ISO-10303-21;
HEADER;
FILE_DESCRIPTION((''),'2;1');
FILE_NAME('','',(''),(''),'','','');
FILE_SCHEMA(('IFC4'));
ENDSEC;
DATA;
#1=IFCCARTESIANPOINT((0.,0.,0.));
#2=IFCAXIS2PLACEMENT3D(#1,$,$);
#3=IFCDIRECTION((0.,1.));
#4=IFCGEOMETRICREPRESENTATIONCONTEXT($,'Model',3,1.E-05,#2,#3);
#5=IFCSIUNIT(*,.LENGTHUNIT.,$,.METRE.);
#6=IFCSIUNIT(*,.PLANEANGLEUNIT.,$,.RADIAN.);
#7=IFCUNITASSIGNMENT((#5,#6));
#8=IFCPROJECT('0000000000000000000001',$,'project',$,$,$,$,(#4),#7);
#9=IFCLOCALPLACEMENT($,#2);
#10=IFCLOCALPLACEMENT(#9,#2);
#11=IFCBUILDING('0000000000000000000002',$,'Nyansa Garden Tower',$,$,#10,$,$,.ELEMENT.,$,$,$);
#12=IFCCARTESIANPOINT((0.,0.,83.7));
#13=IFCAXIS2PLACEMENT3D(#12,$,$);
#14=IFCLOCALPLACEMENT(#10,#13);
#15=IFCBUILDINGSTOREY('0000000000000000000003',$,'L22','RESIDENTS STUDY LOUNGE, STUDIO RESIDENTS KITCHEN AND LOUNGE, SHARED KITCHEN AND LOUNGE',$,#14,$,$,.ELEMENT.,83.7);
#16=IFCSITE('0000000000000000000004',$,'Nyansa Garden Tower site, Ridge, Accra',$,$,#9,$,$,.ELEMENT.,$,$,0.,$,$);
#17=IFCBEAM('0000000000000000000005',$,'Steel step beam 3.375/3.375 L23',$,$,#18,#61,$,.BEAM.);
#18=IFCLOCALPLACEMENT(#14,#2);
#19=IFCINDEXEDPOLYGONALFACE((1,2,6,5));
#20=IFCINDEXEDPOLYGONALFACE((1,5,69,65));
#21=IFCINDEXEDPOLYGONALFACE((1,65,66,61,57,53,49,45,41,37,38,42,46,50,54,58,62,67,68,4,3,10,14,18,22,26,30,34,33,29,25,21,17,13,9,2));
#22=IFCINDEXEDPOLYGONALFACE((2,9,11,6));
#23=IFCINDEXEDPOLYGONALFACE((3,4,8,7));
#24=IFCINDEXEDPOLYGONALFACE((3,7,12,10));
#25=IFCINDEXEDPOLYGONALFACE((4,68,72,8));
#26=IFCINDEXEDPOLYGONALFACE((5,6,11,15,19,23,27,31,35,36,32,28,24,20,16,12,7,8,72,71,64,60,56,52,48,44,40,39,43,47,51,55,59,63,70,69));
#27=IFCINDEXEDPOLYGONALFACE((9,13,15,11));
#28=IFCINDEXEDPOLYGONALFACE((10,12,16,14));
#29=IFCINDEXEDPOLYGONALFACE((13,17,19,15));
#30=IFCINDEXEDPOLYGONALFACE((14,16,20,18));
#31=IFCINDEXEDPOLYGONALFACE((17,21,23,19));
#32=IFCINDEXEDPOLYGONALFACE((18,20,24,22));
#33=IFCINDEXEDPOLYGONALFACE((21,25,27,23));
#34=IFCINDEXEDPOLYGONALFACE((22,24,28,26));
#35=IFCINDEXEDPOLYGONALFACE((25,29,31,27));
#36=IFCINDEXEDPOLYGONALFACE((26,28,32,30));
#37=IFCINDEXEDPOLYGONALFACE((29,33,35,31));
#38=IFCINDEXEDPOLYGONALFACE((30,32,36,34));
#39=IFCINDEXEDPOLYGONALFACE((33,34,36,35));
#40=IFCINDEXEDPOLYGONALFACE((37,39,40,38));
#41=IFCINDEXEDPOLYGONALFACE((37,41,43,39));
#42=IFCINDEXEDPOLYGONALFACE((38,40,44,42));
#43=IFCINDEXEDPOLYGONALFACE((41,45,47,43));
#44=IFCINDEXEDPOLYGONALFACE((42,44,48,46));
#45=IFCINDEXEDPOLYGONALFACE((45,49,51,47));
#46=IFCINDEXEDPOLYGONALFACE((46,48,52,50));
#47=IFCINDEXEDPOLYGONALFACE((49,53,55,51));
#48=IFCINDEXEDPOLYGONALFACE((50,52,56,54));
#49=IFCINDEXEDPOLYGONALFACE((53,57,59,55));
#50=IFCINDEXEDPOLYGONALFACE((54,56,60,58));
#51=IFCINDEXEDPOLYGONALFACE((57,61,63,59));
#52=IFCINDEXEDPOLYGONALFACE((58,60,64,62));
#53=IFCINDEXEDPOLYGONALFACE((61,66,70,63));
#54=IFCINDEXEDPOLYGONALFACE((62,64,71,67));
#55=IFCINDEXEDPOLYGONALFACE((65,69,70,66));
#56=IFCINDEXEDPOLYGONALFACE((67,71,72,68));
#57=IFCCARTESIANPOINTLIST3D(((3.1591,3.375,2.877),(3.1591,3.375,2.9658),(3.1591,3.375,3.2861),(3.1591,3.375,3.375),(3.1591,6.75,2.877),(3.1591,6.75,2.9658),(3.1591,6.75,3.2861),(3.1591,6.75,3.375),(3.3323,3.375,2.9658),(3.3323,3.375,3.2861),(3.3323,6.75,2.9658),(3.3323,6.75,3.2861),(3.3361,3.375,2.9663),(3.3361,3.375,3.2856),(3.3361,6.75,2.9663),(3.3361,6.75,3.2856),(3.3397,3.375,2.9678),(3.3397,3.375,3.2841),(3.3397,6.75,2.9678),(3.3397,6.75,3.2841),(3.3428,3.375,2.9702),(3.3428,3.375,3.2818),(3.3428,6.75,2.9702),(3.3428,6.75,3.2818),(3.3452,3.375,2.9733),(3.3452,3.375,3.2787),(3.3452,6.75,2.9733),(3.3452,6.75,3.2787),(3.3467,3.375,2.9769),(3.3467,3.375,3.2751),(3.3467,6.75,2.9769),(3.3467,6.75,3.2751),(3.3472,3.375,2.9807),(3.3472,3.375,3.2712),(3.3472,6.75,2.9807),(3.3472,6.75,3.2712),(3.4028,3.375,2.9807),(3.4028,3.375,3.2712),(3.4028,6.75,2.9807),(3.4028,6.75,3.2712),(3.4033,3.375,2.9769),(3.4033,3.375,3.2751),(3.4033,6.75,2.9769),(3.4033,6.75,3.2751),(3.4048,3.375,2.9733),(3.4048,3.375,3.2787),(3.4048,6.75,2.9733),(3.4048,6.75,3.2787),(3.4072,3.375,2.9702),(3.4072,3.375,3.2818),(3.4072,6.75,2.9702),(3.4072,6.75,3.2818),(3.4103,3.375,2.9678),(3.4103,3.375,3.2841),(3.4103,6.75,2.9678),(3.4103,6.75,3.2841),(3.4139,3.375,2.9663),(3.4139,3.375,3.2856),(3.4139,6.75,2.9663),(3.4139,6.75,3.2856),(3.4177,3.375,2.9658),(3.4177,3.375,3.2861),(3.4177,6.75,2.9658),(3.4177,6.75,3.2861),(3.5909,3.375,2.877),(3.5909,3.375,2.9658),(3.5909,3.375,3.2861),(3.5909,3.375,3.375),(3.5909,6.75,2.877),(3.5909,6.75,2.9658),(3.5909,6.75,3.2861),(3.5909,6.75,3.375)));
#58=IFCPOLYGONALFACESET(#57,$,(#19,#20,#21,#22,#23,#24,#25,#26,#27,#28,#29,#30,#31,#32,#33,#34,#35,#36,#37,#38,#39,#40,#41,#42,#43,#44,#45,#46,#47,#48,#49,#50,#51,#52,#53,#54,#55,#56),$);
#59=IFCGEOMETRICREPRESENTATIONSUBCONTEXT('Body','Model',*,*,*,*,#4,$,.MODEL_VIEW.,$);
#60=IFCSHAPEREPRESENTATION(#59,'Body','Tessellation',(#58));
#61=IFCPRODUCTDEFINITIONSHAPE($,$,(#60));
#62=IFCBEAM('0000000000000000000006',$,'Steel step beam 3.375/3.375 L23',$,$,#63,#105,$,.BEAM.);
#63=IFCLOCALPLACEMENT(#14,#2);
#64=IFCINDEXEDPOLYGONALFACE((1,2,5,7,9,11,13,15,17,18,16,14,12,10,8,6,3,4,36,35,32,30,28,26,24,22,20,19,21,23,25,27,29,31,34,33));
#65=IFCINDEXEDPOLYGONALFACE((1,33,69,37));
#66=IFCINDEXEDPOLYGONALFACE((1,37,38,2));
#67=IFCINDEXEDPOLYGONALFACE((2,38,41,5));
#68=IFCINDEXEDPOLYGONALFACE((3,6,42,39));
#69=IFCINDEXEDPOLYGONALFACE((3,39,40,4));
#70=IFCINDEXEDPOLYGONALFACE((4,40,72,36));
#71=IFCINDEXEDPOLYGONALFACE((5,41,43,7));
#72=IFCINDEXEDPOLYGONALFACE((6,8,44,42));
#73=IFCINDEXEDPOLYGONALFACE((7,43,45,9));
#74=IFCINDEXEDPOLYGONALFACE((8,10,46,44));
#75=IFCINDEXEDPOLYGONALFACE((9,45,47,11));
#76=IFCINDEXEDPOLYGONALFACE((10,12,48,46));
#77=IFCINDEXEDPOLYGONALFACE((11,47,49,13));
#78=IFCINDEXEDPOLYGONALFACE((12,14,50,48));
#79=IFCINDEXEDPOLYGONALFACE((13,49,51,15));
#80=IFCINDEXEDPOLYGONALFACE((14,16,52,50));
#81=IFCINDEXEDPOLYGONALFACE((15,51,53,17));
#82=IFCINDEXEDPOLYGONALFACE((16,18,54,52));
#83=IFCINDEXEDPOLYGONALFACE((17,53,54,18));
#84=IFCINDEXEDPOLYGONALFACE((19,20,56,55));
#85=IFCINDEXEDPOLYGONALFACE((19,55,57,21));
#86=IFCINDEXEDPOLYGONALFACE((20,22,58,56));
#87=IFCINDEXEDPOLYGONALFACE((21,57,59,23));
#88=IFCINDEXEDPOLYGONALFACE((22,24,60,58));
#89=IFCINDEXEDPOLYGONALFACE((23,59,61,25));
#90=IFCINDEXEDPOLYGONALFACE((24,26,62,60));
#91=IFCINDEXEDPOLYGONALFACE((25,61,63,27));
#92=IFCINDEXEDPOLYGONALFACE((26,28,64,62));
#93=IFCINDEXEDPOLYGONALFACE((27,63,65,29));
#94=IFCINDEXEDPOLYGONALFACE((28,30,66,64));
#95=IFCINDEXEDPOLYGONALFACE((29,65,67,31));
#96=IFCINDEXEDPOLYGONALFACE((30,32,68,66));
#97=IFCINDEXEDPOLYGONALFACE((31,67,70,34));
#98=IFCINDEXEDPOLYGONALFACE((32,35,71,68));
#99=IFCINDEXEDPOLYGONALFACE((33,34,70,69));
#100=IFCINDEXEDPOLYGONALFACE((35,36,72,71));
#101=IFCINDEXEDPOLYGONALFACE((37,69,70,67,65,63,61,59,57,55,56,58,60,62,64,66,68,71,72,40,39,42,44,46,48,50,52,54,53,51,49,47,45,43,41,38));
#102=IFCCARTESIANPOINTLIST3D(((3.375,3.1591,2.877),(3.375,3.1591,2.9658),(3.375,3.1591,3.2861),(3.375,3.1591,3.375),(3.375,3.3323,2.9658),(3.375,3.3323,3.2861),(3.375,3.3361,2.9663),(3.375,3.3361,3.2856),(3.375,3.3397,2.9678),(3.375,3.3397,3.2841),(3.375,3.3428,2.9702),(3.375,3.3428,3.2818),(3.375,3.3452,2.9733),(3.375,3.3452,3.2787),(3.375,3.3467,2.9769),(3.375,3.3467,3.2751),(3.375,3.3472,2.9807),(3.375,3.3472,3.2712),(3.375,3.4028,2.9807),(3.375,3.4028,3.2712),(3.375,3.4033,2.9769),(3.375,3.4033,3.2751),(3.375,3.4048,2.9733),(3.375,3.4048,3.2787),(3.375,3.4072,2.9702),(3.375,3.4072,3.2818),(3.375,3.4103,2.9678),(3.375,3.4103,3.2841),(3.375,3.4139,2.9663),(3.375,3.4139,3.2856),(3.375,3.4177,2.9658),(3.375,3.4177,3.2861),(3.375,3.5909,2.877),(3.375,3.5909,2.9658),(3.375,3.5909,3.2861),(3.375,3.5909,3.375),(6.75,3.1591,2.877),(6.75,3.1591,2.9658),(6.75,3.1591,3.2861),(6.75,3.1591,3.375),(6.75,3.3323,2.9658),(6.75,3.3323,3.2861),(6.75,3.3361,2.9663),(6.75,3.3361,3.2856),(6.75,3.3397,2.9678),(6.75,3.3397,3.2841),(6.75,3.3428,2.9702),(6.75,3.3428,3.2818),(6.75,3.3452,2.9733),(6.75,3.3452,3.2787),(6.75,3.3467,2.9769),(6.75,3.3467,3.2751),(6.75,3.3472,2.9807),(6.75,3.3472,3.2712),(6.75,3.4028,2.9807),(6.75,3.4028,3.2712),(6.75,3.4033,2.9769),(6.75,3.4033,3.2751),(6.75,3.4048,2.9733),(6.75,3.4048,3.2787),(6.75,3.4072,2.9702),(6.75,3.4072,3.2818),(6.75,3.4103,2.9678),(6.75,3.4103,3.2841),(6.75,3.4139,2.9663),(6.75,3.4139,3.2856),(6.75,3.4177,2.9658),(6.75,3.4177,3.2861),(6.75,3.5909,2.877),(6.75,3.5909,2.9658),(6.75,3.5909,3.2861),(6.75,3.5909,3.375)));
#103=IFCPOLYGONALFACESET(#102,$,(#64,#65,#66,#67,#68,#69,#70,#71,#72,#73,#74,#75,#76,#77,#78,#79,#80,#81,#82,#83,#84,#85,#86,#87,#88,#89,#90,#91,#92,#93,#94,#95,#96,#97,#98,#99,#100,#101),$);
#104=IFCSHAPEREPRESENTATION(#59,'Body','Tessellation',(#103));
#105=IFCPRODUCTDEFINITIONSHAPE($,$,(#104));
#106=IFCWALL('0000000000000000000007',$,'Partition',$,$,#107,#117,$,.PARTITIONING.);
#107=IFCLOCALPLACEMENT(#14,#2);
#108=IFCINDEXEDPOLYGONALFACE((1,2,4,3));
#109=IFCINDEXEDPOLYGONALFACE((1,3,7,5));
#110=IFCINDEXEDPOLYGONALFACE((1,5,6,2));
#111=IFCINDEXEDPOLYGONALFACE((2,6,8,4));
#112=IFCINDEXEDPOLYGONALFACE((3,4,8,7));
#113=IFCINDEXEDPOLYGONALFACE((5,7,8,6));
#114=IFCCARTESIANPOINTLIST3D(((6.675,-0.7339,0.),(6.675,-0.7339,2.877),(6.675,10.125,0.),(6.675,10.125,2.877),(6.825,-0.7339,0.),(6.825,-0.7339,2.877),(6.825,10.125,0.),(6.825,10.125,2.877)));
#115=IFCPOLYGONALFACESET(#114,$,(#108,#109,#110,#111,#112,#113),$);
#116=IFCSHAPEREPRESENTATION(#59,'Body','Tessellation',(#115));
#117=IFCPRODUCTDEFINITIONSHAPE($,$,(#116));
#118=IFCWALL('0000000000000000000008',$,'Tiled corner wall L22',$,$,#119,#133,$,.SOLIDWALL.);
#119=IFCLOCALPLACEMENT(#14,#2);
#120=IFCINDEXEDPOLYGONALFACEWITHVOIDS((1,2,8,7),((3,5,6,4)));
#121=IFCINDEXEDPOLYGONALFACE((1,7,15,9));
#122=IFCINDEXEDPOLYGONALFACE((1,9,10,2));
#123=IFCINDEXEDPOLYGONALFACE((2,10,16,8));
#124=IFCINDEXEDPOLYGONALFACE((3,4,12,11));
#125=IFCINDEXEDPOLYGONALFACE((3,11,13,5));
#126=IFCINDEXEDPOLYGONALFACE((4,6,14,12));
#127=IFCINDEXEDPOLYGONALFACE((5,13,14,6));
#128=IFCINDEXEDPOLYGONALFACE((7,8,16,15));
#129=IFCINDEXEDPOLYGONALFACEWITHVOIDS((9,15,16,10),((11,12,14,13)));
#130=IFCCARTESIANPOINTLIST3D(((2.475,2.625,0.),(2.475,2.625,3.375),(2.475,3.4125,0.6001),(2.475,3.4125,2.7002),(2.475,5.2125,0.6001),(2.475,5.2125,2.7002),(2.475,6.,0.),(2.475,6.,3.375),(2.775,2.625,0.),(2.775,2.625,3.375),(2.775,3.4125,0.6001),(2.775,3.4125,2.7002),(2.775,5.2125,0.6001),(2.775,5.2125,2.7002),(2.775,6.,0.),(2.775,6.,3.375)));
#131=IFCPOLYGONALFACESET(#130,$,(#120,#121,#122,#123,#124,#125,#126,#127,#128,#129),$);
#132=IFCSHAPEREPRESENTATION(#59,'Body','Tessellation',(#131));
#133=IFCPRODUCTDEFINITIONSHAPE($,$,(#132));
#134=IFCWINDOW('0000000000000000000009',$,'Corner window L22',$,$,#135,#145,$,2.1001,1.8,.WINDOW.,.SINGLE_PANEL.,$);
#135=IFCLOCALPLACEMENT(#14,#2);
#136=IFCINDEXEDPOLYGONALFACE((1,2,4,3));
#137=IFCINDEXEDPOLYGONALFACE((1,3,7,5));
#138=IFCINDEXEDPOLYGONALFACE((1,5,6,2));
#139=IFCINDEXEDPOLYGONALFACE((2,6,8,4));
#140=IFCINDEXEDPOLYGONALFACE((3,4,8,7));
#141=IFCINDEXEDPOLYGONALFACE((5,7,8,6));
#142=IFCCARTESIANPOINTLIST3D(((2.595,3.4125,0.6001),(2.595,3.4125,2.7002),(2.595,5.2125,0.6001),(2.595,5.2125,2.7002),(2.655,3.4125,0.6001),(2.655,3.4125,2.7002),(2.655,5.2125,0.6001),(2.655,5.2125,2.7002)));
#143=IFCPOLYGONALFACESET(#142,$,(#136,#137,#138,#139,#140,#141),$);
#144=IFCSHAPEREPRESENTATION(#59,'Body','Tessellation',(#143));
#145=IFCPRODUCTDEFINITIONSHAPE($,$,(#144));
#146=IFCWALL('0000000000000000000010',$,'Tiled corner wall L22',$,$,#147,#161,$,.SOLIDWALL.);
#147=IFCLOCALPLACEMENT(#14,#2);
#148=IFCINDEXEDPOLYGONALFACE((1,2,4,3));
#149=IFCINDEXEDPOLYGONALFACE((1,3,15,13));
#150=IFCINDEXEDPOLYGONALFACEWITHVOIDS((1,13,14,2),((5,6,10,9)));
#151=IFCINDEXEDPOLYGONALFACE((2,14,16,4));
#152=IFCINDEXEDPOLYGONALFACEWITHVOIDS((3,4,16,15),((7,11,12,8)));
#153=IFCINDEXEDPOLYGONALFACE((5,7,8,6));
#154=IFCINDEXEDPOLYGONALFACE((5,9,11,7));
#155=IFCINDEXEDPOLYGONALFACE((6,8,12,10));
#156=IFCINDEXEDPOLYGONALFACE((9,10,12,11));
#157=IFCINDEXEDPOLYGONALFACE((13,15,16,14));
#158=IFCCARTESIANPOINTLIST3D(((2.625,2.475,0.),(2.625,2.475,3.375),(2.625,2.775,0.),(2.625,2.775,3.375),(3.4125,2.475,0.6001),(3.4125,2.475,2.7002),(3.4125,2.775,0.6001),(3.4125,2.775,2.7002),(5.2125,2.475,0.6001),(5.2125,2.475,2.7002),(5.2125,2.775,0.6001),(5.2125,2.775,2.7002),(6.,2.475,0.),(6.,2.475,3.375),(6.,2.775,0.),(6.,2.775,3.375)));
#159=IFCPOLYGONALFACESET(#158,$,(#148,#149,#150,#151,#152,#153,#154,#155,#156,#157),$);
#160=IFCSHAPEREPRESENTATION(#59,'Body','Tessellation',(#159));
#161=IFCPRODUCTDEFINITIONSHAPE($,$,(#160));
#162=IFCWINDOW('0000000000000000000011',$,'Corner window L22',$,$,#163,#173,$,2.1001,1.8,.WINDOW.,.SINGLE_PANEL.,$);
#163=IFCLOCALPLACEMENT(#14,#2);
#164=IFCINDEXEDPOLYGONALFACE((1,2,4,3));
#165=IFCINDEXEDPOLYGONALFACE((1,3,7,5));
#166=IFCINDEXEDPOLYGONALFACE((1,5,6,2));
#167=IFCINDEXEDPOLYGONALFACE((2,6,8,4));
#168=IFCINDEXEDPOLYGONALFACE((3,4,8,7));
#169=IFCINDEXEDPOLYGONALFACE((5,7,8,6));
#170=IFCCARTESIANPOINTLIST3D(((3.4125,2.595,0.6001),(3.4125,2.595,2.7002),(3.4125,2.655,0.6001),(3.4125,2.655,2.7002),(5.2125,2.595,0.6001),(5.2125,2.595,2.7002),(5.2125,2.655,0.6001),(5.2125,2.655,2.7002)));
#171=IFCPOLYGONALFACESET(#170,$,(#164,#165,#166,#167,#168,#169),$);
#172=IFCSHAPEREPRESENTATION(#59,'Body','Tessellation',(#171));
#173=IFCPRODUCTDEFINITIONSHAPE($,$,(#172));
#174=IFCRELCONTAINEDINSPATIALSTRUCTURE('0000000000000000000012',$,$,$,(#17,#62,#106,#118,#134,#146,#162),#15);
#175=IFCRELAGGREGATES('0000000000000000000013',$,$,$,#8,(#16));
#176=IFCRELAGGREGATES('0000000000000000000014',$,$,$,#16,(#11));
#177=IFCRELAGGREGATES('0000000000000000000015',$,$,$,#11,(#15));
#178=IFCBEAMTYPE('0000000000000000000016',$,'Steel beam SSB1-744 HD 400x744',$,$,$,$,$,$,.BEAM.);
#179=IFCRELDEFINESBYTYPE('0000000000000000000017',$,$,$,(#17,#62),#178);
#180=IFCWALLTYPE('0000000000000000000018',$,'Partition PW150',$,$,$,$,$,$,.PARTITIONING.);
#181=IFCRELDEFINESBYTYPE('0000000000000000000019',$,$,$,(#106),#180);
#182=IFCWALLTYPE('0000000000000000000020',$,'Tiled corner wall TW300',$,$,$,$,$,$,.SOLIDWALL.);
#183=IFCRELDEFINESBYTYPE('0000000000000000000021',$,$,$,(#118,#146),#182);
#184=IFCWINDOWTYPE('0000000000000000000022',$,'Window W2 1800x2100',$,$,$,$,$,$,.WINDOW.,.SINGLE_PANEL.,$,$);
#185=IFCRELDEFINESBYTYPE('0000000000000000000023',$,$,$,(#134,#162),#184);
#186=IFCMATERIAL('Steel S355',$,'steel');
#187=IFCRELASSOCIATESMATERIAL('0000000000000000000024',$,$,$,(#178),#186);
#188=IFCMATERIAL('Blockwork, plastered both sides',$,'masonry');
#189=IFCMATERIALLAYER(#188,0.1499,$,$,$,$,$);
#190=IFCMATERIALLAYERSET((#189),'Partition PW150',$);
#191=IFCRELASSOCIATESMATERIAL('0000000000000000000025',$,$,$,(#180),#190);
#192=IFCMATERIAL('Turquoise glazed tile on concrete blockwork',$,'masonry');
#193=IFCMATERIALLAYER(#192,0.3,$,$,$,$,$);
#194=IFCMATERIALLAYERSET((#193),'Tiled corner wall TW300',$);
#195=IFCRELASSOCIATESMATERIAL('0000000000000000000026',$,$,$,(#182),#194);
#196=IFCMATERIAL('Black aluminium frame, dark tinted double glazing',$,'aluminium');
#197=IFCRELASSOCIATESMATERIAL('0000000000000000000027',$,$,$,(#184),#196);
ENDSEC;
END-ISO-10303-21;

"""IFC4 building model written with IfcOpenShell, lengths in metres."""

from ifc_helpers import new_model, si_unit, direction, frame, frame_2d, origin, origin_2d, place, context, subcontext, project, spatial, rectangle, i_section, extrude, material, layer, layer_set, material_profile, profile_set, type_object, element, fill, save


model = new_model("IFC4")

# Units and contexts
model_context = context("Model", 3, precision=1e-05, world=origin(), true_north=direction((0.0, 1.0)))
body_context = subcontext(model_context, "Body", "Model", "MODEL_VIEW")
ifc_project = project(units=[si_unit("LENGTHUNIT", "METRE"), si_unit("PLANEANGLEUNIT", "RADIAN")], contexts=[model_context])

# Site, building, storey
site_placement = place(None, origin())
site = spatial("IfcSite", under=ifc_project, at=site_placement, Name="Nyansa Garden Tower site, Ridge, Accra", CompositionType="ELEMENT", RefElevation=0.0)
building_placement = place(site_placement, origin())
building = spatial("IfcBuilding", under=site, at=building_placement, Name="Nyansa Garden Tower", CompositionType="ELEMENT")
storey_placement = place(building_placement, frame((0.0, 0.0, 83.7)))
storey = spatial("IfcBuildingStorey", under=building, at=storey_placement, Name="L22", Description="RESIDENTS STUDY LOUNGE, STUDIO RESIDENTS KITCHEN AND LOUNGE, SHARED KITCHEN AND LOUNGE", CompositionType="ELEMENT", Elevation=83.7)

# Beams
ifc_material_1 = material(Name="Steel S355", Category="steel")
ifc_material_profile_1 = material_profile(ifc_material_1, i_section(OverallWidth=0.4319, OverallDepth=0.498, WebThickness=0.0557, FlangeThickness=0.0889, FilletRadius=0.0149, at=origin_2d()), Name="HD 400x744")
ifc_profile_set_1 = profile_set([ifc_material_profile_1], Name="Steel S355")
beam_type_1 = type_object("IfcBeamType", Name="Steel beam SSB1-744 HD 400x744", PredefinedType="BEAM", material=ifc_profile_set_1)
for number, where, z_axis, x_axis, name in (
    (1, (3.375, 3.375, 3.126), (0.0, 1.0, 0.0), (-1.0, 0.0, 0.0), "Steel step beam 3.375/3.375 L23"),
    (2, (3.375, 3.375, 3.126), (1.0, 0.0, 0.0), (0.0, 1.0, 0.0), "Steel step beam 3.375/3.375 L23"),
):
    element("IfcBeam", number, at=place(storey_placement, frame(where, z_axis=z_axis, x_axis=x_axis)), inside=storey, type_object=beam_type_1, Name=name, PredefinedType="BEAM", context=body_context, shape_type="SweptSolid", body=[
        extrude(i_section(OverallWidth=0.4319, OverallDepth=0.498, WebThickness=0.0557, FlangeThickness=0.0889, FilletRadius=0.0149, at=origin_2d()), origin(), (0.0, 0.0, 1.0), 3.375),
    ])

# Wall
ifc_material_2 = material(Name="Blockwork, plastered both sides", Category="masonry")
ifc_layer_1 = layer(ifc_material_2, 0.1499)
ifc_layer_set_1 = layer_set([ifc_layer_1], Name="Partition PW150")
wall_type_1 = type_object("IfcWallType", Name="Partition PW150", PredefinedType="PARTITIONING", material=ifc_layer_set_1)
wall_1_placement = place(storey_placement, frame((6.75, -0.7339, 0.0), z_axis=(0.0, 0.0, 1.0), x_axis=(0.0, 1.0, 0.0)))
element("IfcWall", 3, at=wall_1_placement, inside=storey, type_object=wall_type_1, Name="Partition", PredefinedType="PARTITIONING", context=body_context, shape_type="SweptSolid", body=[
    extrude(rectangle(XDim=10.8589, YDim=0.1499, at=frame_2d((5.4294, 0.0))), origin(), (0.0, 0.0, 1.0), 2.877),
])

# Walls, openings, windows
ifc_material_3 = material(Name="Turquoise glazed tile on concrete blockwork", Category="masonry")
ifc_layer_2 = layer(ifc_material_3, 0.3)
ifc_layer_set_2 = layer_set([ifc_layer_2], Name="Tiled corner wall TW300")
wall_type_2 = type_object("IfcWallType", Name="Tiled corner wall TW300", PredefinedType="SOLIDWALL", material=ifc_layer_set_2)
wall_2_placement = place(storey_placement, frame((2.625, 6.0, 0.0), z_axis=(0.0, 0.0, 1.0), x_axis=(0.0, -1.0, 0.0)))
wall_2 = element("IfcWall", 4, at=wall_2_placement, inside=storey, type_object=wall_type_2, Name="Tiled corner wall L22", PredefinedType="SOLIDWALL", context=body_context, shape_type="SweptSolid", body=[
    extrude(rectangle(XDim=3.375, YDim=0.3, at=frame_2d((1.6875, 0.0))), origin(), (0.0, 0.0, 1.0), 3.375),
])
opening_1_placement = place(wall_2_placement, frame((0.7876, 0.0, 0.6001)))
opening_1 = element("IfcOpeningElement", 5, at=opening_1_placement, cuts=wall_2, PredefinedType="OPENING", context=body_context, shape_type="SweptSolid", body=[
    extrude(rectangle(XDim=1.8, YDim=2.1001, at=frame_2d((0.8999, 1.05))), frame((0.0, 0.1599, 0.0), z_axis=(0.0, -1.0, 0.0), x_axis=(1.0, 0.0, 0.0)), (0.0, 0.0, 1.0), 0.3201),
])
ifc_material_4 = material(Name="Black aluminium frame, dark tinted double glazing", Category="aluminium")
window_type_1 = type_object("IfcWindowType", Name="Window W2 1800x2100", PartitioningType="SINGLE_PANEL", PredefinedType="WINDOW", material=ifc_material_4)
window_1_placement = place(opening_1_placement, origin())
window_1 = element("IfcWindow", 6, at=window_1_placement, inside=storey, type_object=window_type_1, Name="Corner window L22", OverallHeight=2.1001, OverallWidth=1.8, PartitioningType="SINGLE_PANEL", PredefinedType="WINDOW", context=body_context, shape_type="SweptSolid", body=[
    extrude(rectangle(XDim=1.8, YDim=2.1001, at=frame_2d((0.8999, 1.05))), frame((0.0, 0.03, 0.0), z_axis=(0.0, -1.0, 0.0), x_axis=(1.0, 0.0, 0.0)), (0.0, 0.0, 1.0), 0.0601),
])
fill(opening_1, window_1)
wall_3_placement = place(storey_placement, frame((2.625, 2.625, 0.0), z_axis=(0.0, 0.0, 1.0), x_axis=(1.0, 0.0, 0.0)))
wall_3 = element("IfcWall", 7, at=wall_3_placement, inside=storey, type_object=wall_type_2, Name="Tiled corner wall L22", PredefinedType="SOLIDWALL", context=body_context, shape_type="SweptSolid", body=[
    extrude(rectangle(XDim=3.375, YDim=0.3, at=frame_2d((1.6875, 0.0))), origin(), (0.0, 0.0, 1.0), 3.375),
])
opening_2_placement = place(wall_3_placement, frame((0.7876, 0.0, 0.6001)))
opening_2 = element("IfcOpeningElement", 8, at=opening_2_placement, cuts=wall_3, PredefinedType="OPENING", context=body_context, shape_type="SweptSolid", body=[
    extrude(rectangle(XDim=1.8, YDim=2.1001, at=frame_2d((0.8999, 1.05))), frame((0.0, 0.1599, 0.0), z_axis=(0.0, -1.0, 0.0), x_axis=(1.0, 0.0, 0.0)), (0.0, 0.0, 1.0), 0.3201),
])
window_2_placement = place(opening_2_placement, origin())
window_2 = element("IfcWindow", 9, at=window_2_placement, inside=storey, type_object=window_type_1, Name="Corner window L22", OverallHeight=2.1001, OverallWidth=1.8, PartitioningType="SINGLE_PANEL", PredefinedType="WINDOW", context=body_context, shape_type="SweptSolid", body=[
    extrude(rectangle(XDim=1.8, YDim=2.1001, at=frame_2d((0.8999, 1.05))), frame((0.0, 0.03, 0.0), z_axis=(0.0, -1.0, 0.0), x_axis=(1.0, 0.0, 0.0)), (0.0, 0.0, 1.0), 0.0601),
])
fill(opening_2, window_2)

save(model, "model.ifc")
